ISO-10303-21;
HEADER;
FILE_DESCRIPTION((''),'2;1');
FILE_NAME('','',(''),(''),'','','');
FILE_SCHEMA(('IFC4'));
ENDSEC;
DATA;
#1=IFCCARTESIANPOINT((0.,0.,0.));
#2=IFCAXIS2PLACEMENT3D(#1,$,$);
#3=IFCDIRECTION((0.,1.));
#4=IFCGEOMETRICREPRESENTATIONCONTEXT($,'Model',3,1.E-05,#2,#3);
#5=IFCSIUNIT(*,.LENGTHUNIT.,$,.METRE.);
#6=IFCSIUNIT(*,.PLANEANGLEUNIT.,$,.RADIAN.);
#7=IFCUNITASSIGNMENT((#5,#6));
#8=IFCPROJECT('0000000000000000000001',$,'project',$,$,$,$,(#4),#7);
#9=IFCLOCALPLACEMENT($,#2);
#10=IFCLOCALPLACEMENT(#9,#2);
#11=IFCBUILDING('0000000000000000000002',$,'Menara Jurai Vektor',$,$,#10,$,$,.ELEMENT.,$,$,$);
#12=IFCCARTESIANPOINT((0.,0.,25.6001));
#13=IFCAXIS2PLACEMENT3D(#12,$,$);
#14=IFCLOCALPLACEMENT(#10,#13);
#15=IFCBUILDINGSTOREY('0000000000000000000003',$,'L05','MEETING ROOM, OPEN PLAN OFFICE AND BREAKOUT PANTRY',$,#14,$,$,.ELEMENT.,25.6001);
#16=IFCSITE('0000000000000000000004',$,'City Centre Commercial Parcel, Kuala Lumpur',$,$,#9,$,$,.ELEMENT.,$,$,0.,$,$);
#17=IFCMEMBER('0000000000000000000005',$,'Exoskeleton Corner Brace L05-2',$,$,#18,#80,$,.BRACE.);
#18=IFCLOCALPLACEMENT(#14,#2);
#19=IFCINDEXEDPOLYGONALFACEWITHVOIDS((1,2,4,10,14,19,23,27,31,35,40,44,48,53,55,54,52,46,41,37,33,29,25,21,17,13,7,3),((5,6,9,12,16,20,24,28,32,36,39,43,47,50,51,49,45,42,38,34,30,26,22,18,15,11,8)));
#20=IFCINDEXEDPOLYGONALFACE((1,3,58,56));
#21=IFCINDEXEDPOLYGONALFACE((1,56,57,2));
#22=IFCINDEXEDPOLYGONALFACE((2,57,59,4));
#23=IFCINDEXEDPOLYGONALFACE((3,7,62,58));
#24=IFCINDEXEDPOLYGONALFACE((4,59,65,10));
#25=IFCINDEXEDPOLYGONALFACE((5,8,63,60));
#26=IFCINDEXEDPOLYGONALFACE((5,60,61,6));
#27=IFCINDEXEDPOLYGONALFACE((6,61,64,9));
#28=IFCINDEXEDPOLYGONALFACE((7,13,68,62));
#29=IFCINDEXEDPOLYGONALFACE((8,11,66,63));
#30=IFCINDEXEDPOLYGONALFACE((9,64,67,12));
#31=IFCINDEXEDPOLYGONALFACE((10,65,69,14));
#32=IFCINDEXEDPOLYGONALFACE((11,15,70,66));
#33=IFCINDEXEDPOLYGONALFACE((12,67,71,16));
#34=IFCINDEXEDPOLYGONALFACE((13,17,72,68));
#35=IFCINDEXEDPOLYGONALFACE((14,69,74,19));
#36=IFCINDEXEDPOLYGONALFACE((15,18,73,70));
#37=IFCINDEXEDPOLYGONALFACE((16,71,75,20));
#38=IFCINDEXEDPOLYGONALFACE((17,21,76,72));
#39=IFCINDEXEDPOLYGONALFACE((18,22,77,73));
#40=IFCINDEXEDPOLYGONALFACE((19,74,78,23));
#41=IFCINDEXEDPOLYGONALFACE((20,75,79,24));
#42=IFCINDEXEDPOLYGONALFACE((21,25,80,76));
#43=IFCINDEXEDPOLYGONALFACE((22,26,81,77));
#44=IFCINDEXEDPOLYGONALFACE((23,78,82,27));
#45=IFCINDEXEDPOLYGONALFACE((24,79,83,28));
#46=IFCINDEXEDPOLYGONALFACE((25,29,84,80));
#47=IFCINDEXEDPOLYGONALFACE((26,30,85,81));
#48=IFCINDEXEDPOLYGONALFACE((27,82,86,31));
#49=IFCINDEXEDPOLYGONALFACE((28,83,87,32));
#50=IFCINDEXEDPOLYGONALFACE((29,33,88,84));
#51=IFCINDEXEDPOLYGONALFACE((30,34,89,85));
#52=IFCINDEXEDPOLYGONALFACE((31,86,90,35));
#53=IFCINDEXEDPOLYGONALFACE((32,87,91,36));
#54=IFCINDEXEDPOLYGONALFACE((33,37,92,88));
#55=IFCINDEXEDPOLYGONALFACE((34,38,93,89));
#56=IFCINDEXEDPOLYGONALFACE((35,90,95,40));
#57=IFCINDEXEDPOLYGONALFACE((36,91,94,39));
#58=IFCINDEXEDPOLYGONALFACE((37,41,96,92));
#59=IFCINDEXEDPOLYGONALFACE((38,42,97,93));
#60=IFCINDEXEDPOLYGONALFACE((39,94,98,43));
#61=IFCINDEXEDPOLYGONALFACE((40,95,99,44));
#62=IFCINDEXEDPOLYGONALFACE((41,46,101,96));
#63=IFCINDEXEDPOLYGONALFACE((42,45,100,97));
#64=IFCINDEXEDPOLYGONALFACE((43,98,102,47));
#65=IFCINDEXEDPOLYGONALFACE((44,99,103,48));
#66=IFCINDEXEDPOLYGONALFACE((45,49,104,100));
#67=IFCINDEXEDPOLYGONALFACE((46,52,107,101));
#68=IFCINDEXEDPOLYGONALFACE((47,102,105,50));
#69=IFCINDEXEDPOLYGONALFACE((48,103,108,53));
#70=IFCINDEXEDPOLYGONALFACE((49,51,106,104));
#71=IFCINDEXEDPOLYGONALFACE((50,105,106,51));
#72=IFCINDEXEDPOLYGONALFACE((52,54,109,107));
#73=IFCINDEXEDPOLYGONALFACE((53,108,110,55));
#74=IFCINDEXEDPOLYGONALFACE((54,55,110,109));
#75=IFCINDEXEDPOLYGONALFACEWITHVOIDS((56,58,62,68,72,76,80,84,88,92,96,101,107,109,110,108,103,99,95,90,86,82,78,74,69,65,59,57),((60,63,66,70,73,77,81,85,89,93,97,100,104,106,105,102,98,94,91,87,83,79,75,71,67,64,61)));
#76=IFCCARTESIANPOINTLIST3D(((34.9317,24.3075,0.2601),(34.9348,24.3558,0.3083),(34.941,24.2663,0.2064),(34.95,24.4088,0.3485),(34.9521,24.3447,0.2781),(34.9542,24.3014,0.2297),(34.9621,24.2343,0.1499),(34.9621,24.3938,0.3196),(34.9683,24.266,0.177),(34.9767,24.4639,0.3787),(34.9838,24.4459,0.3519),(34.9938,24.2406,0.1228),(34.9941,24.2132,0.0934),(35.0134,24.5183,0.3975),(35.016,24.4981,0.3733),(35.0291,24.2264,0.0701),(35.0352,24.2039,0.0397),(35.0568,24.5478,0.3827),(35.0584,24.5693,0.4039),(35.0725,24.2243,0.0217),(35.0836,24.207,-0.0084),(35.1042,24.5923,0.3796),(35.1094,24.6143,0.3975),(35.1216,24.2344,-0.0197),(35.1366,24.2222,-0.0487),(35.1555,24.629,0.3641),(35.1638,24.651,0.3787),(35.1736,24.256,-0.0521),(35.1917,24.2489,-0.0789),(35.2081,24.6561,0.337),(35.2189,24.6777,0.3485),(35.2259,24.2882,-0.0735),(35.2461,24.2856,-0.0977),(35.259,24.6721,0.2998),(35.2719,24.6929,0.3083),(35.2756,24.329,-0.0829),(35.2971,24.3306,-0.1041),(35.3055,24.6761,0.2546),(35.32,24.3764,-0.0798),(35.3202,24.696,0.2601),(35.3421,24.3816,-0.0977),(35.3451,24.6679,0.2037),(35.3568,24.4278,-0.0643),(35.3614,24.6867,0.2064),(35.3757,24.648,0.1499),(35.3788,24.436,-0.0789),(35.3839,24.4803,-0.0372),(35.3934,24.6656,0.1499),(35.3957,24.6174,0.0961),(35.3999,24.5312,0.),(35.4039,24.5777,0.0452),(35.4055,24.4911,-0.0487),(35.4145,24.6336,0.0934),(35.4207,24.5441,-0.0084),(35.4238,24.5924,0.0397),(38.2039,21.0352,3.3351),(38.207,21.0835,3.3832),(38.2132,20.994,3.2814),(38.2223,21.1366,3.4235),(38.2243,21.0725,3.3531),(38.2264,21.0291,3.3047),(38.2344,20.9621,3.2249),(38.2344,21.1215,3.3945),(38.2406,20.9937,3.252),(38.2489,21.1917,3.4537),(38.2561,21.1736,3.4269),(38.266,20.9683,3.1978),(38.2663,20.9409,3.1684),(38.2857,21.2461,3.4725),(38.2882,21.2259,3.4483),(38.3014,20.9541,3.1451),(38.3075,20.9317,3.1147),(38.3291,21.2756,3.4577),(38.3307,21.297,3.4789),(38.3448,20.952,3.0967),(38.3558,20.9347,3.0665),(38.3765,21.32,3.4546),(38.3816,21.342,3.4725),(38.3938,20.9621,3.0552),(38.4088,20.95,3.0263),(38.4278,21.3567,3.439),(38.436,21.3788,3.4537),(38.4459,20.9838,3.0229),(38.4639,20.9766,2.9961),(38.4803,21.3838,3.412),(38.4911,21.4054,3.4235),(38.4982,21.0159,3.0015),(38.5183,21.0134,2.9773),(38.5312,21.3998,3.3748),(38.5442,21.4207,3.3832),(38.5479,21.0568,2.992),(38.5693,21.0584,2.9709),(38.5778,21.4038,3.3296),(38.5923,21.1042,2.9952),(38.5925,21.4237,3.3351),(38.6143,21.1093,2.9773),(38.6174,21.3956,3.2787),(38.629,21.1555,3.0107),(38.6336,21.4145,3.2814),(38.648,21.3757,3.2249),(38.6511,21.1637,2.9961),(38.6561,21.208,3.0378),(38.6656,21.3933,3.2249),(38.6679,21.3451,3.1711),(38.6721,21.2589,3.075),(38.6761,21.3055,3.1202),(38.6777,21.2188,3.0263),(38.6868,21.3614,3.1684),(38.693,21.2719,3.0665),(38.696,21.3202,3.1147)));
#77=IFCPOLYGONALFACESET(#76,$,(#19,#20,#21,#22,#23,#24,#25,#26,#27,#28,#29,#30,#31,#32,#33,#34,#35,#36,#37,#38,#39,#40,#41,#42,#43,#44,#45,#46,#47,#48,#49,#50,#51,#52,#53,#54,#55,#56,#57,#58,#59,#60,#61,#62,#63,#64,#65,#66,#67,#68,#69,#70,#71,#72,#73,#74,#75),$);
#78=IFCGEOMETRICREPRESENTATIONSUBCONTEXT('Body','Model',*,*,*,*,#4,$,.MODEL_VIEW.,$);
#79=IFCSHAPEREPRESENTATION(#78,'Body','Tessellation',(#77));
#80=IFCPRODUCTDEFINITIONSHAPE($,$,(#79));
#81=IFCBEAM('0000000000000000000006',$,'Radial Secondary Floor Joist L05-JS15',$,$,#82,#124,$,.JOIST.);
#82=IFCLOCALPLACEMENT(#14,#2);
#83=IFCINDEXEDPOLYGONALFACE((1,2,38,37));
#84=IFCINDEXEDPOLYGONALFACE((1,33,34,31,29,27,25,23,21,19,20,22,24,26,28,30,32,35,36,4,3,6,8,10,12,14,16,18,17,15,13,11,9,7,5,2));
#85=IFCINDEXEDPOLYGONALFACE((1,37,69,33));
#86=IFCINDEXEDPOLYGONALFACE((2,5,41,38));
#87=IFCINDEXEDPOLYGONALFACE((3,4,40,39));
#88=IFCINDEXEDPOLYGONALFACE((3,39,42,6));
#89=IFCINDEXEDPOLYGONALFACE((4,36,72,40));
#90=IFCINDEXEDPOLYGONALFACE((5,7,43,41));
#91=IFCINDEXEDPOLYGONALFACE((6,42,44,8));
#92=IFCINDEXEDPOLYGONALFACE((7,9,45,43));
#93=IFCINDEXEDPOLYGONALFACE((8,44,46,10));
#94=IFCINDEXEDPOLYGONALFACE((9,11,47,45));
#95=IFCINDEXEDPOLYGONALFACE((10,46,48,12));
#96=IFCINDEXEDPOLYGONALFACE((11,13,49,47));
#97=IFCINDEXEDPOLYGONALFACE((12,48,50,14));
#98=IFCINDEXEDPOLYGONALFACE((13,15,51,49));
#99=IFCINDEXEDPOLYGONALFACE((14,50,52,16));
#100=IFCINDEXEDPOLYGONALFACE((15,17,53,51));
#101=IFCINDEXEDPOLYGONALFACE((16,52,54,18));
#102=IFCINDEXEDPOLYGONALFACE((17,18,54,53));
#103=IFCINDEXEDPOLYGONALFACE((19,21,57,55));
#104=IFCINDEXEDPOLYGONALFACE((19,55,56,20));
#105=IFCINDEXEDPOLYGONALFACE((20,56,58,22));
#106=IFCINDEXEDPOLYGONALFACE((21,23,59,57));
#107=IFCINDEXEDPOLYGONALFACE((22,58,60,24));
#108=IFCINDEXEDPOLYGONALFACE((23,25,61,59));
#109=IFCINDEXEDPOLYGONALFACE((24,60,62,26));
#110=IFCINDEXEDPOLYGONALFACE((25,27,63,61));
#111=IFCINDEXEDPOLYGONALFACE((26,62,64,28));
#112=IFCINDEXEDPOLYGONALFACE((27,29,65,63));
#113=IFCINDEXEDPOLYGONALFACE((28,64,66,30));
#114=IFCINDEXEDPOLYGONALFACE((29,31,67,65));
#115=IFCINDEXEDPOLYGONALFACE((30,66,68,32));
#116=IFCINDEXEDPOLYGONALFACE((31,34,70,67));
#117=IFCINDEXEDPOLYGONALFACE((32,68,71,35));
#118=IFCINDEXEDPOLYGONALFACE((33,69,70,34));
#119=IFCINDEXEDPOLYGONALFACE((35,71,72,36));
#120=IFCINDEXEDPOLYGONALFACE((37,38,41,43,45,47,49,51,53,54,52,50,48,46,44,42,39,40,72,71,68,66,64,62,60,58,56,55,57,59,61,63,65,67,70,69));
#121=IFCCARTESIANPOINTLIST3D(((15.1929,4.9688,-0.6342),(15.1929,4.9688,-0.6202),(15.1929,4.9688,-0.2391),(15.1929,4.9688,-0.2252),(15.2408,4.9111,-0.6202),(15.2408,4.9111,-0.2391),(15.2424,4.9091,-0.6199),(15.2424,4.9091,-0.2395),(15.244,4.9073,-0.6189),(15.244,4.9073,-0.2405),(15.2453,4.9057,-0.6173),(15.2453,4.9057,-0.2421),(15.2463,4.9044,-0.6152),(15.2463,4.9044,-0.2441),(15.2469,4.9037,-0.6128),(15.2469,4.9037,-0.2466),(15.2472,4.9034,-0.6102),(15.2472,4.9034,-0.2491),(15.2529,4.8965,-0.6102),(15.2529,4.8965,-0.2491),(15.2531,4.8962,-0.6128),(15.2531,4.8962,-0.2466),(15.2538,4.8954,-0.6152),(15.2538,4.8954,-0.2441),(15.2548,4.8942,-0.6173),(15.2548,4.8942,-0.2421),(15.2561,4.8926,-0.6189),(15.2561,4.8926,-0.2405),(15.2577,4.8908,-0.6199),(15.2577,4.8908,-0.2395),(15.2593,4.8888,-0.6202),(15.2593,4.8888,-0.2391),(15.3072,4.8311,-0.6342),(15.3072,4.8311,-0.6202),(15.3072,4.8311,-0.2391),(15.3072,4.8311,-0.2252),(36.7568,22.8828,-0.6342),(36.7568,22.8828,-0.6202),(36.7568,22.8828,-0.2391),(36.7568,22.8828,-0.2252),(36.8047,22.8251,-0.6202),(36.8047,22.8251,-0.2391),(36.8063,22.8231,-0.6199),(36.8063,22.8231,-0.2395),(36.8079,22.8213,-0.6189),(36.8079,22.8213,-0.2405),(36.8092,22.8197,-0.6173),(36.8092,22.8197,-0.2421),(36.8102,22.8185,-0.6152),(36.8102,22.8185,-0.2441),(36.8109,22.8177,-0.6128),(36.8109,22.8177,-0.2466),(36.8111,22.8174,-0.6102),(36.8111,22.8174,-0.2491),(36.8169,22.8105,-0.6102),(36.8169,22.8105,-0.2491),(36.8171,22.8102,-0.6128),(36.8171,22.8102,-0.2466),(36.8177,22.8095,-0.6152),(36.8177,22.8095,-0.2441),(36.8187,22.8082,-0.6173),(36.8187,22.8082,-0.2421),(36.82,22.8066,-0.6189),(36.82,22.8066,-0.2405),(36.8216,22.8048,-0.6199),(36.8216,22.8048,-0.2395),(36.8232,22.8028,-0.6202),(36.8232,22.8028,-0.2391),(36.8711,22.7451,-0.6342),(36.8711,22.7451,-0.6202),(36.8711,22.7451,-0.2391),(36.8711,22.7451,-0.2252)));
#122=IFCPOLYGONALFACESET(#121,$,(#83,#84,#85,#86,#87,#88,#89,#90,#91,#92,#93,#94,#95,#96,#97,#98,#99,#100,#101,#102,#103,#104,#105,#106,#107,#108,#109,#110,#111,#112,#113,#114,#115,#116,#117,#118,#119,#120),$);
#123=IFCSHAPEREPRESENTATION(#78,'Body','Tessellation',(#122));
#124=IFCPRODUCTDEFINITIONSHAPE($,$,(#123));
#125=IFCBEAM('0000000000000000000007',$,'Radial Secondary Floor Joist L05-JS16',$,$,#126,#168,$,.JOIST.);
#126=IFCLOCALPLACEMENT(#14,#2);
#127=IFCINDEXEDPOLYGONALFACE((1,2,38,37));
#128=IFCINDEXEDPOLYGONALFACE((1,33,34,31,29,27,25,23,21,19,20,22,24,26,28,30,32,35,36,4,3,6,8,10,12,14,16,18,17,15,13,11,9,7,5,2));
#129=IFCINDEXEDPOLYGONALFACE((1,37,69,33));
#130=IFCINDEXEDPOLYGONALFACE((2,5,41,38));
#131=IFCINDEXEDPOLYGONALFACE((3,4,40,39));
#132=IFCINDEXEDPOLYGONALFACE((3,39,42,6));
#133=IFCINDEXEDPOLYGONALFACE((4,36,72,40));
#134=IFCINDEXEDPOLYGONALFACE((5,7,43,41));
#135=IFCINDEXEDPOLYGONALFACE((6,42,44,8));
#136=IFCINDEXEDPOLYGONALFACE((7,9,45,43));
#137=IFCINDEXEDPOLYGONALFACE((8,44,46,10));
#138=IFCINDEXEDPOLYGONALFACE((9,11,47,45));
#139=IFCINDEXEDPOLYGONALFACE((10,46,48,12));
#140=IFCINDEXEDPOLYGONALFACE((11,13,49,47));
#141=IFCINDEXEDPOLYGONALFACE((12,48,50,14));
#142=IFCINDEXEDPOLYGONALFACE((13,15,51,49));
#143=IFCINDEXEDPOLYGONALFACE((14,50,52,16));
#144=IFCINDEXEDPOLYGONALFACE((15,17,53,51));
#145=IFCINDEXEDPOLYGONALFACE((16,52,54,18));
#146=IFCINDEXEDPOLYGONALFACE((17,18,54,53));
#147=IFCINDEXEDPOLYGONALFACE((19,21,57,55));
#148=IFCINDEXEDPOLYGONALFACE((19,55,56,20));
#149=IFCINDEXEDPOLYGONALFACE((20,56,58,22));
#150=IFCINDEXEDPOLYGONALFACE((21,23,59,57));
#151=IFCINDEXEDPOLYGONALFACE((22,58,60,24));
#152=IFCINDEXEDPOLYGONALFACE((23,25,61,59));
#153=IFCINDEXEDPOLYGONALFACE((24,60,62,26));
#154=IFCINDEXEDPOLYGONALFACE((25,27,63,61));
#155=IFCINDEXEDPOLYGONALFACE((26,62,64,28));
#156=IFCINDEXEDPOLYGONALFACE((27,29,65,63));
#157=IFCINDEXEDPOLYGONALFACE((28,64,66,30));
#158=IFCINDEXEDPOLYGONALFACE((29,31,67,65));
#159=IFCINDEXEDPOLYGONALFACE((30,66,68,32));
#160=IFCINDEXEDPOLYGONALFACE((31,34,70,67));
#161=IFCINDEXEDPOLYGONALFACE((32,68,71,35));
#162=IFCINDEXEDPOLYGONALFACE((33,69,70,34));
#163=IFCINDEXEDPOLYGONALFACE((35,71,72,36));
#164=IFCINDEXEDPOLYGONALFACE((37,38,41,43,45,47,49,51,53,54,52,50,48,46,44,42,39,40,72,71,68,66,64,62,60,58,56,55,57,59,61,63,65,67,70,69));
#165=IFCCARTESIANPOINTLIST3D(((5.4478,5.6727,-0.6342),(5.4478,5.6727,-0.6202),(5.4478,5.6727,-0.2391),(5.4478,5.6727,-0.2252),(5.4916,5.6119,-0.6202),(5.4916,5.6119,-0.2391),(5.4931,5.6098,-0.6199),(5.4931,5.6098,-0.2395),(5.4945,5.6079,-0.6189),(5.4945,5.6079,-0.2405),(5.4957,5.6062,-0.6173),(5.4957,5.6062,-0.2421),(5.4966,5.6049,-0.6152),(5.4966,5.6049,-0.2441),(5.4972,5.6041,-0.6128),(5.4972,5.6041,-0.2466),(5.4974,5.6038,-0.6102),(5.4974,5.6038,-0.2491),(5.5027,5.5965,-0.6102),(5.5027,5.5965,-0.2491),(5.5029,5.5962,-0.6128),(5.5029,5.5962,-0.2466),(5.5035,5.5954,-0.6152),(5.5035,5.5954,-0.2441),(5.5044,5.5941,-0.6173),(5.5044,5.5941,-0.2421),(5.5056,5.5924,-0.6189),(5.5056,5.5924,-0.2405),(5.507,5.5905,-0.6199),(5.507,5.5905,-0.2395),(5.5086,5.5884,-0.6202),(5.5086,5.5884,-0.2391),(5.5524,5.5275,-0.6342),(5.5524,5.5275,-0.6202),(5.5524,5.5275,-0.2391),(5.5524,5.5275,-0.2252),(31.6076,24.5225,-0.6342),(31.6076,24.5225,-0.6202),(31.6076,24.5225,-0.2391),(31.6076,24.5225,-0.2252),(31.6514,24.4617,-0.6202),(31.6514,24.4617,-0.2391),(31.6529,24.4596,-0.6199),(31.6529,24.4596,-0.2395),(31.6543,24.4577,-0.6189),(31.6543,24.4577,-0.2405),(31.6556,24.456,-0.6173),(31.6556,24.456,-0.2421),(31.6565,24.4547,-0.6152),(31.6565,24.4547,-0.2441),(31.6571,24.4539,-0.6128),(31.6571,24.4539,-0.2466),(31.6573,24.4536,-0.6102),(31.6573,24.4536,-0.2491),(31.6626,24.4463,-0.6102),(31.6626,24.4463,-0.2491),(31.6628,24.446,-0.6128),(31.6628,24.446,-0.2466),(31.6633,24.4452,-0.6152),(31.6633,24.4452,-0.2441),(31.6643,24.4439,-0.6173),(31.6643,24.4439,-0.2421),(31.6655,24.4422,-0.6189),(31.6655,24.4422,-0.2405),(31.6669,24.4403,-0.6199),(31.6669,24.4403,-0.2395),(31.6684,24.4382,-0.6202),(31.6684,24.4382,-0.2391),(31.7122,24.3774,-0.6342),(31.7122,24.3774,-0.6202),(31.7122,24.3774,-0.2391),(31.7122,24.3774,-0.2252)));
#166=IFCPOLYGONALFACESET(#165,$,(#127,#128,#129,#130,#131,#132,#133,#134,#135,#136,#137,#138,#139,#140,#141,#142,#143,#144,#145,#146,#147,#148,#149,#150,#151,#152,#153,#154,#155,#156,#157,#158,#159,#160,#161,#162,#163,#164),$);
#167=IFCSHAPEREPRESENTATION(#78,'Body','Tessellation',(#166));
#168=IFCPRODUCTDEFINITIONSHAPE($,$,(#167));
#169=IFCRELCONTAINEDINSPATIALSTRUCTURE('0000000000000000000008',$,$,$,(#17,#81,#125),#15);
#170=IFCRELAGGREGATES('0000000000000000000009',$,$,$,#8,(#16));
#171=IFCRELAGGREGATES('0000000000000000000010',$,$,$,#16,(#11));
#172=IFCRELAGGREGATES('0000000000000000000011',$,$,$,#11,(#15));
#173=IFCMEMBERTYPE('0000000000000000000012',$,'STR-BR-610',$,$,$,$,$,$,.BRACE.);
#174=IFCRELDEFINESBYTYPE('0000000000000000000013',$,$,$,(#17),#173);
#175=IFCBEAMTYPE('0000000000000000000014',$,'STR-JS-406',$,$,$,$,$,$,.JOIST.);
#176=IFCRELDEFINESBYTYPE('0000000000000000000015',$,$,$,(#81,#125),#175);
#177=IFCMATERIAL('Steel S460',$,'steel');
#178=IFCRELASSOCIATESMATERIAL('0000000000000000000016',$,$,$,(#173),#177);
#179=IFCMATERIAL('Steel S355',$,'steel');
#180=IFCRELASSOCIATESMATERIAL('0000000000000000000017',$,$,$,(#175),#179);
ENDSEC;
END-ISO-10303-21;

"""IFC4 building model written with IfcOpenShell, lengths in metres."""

from ifc_helpers import new_model, si_unit, direction, frame, origin, origin_2d, place, context, subcontext, project, spatial, hollow_circle, i_section, extrude, material, material_profile, profile_set, type_object, element, save


model = new_model("IFC4")

# Units and contexts
model_context = context("Model", 3, precision=1e-05, world=origin(), true_north=direction((0.0, 1.0)))
body_context = subcontext(model_context, "Body", "Model", "MODEL_VIEW")
ifc_project = project(units=[si_unit("LENGTHUNIT", "METRE"), si_unit("PLANEANGLEUNIT", "RADIAN")], contexts=[model_context])

# Site, building, storey
site_placement = place(None, origin())
site = spatial("IfcSite", under=ifc_project, at=site_placement, Name="City Centre Commercial Parcel, Kuala Lumpur", CompositionType="ELEMENT", RefElevation=0.0)
building_placement = place(site_placement, origin())
building = spatial("IfcBuilding", under=site, at=building_placement, Name="Menara Jurai Vektor", CompositionType="ELEMENT")
storey_placement = place(building_placement, frame((0.0, 0.0, 25.6001)))
storey = spatial("IfcBuildingStorey", under=building, at=storey_placement, Name="L05", Description="MEETING ROOM, OPEN PLAN OFFICE AND BREAKOUT PANTRY", CompositionType="ELEMENT", Elevation=25.6001)

# Shared definitions
ifc_material_1 = material(Name="Steel S460", Category="steel")

# Shared definitions
ifc_material_2 = material(Name="Steel S355", Category="steel")

# Member
ifc_material_profile_1 = material_profile(ifc_material_1, hollow_circle(Radius=0.3049, WallThickness=0.0249, at=origin_2d()), Name="CHS 610x25")
ifc_profile_set_1 = profile_set([ifc_material_profile_1], Name="Steel S460")
member_type_1 = type_object("IfcMemberType", Name="STR-BR-610", PredefinedType="BRACE", material=ifc_profile_set_1)
member_1_placement = place(storey_placement, frame((35.1777, 24.45, 0.1499), z_axis=(0.588942, -0.588942, 0.553438), x_axis=(0.707107, 0.707107, 0.0)))
element("IfcMember", 1, at=member_1_placement, inside=storey, type_object=member_type_1, Name="Exoskeleton Corner Brace L05-2", PredefinedType="BRACE", context=body_context, shape_type="SweptSolid", body=[
    extrude(hollow_circle(Radius=0.3049, WallThickness=0.0249, at=origin_2d()), origin(), (0.0, 0.0, 1.0), 5.5562),
])

# Beams
ifc_material_profile_2 = material_profile(ifc_material_2, i_section(OverallWidth=0.179, OverallDepth=0.4089, WebThickness=0.009, FlangeThickness=0.0139, FilletRadius=0.01, at=origin_2d()), Name="UKB 406x178x67")
ifc_profile_set_2 = profile_set([ifc_material_profile_2], Name="Steel S355")
beam_type_1 = type_object("IfcBeamType", Name="STR-JS-406", PredefinedType="JOIST", material=ifc_profile_set_2)
beam_1_placement = place(storey_placement, frame((36.814, 22.814, -0.4297), z_axis=(-0.769201, -0.639007, 0.0), x_axis=(0.639007, -0.769201, 0.0)))
element("IfcBeam", 2, at=beam_1_placement, inside=storey, type_object=beam_type_1, Name="Radial Secondary Floor Joist L05-JS15", PredefinedType="JOIST", context=body_context, shape_type="SweptSolid", body=[
    extrude(i_section(OverallWidth=0.179, OverallDepth=0.4089, WebThickness=0.009, FlangeThickness=0.0139, FilletRadius=0.01, at=origin_2d()), origin(), (0.0, 0.0, 1.0), 28.0342),
])
beam_2_placement = place(storey_placement, frame((31.6599, 24.45, -0.4297), z_axis=(-0.811318, -0.584605, 0.0), x_axis=(0.584605, -0.811318, 0.0)))
element("IfcBeam", 3, at=beam_2_placement, inside=storey, type_object=beam_type_1, Name="Radial Secondary Floor Joist L05-JS16", PredefinedType="JOIST", context=body_context, shape_type="SweptSolid", body=[
    extrude(i_section(OverallWidth=0.179, OverallDepth=0.4089, WebThickness=0.009, FlangeThickness=0.0139, FilletRadius=0.01, at=origin_2d()), origin(), (0.0, 0.0, 1.0), 32.2437),
])

save(model, "model.ifc")
